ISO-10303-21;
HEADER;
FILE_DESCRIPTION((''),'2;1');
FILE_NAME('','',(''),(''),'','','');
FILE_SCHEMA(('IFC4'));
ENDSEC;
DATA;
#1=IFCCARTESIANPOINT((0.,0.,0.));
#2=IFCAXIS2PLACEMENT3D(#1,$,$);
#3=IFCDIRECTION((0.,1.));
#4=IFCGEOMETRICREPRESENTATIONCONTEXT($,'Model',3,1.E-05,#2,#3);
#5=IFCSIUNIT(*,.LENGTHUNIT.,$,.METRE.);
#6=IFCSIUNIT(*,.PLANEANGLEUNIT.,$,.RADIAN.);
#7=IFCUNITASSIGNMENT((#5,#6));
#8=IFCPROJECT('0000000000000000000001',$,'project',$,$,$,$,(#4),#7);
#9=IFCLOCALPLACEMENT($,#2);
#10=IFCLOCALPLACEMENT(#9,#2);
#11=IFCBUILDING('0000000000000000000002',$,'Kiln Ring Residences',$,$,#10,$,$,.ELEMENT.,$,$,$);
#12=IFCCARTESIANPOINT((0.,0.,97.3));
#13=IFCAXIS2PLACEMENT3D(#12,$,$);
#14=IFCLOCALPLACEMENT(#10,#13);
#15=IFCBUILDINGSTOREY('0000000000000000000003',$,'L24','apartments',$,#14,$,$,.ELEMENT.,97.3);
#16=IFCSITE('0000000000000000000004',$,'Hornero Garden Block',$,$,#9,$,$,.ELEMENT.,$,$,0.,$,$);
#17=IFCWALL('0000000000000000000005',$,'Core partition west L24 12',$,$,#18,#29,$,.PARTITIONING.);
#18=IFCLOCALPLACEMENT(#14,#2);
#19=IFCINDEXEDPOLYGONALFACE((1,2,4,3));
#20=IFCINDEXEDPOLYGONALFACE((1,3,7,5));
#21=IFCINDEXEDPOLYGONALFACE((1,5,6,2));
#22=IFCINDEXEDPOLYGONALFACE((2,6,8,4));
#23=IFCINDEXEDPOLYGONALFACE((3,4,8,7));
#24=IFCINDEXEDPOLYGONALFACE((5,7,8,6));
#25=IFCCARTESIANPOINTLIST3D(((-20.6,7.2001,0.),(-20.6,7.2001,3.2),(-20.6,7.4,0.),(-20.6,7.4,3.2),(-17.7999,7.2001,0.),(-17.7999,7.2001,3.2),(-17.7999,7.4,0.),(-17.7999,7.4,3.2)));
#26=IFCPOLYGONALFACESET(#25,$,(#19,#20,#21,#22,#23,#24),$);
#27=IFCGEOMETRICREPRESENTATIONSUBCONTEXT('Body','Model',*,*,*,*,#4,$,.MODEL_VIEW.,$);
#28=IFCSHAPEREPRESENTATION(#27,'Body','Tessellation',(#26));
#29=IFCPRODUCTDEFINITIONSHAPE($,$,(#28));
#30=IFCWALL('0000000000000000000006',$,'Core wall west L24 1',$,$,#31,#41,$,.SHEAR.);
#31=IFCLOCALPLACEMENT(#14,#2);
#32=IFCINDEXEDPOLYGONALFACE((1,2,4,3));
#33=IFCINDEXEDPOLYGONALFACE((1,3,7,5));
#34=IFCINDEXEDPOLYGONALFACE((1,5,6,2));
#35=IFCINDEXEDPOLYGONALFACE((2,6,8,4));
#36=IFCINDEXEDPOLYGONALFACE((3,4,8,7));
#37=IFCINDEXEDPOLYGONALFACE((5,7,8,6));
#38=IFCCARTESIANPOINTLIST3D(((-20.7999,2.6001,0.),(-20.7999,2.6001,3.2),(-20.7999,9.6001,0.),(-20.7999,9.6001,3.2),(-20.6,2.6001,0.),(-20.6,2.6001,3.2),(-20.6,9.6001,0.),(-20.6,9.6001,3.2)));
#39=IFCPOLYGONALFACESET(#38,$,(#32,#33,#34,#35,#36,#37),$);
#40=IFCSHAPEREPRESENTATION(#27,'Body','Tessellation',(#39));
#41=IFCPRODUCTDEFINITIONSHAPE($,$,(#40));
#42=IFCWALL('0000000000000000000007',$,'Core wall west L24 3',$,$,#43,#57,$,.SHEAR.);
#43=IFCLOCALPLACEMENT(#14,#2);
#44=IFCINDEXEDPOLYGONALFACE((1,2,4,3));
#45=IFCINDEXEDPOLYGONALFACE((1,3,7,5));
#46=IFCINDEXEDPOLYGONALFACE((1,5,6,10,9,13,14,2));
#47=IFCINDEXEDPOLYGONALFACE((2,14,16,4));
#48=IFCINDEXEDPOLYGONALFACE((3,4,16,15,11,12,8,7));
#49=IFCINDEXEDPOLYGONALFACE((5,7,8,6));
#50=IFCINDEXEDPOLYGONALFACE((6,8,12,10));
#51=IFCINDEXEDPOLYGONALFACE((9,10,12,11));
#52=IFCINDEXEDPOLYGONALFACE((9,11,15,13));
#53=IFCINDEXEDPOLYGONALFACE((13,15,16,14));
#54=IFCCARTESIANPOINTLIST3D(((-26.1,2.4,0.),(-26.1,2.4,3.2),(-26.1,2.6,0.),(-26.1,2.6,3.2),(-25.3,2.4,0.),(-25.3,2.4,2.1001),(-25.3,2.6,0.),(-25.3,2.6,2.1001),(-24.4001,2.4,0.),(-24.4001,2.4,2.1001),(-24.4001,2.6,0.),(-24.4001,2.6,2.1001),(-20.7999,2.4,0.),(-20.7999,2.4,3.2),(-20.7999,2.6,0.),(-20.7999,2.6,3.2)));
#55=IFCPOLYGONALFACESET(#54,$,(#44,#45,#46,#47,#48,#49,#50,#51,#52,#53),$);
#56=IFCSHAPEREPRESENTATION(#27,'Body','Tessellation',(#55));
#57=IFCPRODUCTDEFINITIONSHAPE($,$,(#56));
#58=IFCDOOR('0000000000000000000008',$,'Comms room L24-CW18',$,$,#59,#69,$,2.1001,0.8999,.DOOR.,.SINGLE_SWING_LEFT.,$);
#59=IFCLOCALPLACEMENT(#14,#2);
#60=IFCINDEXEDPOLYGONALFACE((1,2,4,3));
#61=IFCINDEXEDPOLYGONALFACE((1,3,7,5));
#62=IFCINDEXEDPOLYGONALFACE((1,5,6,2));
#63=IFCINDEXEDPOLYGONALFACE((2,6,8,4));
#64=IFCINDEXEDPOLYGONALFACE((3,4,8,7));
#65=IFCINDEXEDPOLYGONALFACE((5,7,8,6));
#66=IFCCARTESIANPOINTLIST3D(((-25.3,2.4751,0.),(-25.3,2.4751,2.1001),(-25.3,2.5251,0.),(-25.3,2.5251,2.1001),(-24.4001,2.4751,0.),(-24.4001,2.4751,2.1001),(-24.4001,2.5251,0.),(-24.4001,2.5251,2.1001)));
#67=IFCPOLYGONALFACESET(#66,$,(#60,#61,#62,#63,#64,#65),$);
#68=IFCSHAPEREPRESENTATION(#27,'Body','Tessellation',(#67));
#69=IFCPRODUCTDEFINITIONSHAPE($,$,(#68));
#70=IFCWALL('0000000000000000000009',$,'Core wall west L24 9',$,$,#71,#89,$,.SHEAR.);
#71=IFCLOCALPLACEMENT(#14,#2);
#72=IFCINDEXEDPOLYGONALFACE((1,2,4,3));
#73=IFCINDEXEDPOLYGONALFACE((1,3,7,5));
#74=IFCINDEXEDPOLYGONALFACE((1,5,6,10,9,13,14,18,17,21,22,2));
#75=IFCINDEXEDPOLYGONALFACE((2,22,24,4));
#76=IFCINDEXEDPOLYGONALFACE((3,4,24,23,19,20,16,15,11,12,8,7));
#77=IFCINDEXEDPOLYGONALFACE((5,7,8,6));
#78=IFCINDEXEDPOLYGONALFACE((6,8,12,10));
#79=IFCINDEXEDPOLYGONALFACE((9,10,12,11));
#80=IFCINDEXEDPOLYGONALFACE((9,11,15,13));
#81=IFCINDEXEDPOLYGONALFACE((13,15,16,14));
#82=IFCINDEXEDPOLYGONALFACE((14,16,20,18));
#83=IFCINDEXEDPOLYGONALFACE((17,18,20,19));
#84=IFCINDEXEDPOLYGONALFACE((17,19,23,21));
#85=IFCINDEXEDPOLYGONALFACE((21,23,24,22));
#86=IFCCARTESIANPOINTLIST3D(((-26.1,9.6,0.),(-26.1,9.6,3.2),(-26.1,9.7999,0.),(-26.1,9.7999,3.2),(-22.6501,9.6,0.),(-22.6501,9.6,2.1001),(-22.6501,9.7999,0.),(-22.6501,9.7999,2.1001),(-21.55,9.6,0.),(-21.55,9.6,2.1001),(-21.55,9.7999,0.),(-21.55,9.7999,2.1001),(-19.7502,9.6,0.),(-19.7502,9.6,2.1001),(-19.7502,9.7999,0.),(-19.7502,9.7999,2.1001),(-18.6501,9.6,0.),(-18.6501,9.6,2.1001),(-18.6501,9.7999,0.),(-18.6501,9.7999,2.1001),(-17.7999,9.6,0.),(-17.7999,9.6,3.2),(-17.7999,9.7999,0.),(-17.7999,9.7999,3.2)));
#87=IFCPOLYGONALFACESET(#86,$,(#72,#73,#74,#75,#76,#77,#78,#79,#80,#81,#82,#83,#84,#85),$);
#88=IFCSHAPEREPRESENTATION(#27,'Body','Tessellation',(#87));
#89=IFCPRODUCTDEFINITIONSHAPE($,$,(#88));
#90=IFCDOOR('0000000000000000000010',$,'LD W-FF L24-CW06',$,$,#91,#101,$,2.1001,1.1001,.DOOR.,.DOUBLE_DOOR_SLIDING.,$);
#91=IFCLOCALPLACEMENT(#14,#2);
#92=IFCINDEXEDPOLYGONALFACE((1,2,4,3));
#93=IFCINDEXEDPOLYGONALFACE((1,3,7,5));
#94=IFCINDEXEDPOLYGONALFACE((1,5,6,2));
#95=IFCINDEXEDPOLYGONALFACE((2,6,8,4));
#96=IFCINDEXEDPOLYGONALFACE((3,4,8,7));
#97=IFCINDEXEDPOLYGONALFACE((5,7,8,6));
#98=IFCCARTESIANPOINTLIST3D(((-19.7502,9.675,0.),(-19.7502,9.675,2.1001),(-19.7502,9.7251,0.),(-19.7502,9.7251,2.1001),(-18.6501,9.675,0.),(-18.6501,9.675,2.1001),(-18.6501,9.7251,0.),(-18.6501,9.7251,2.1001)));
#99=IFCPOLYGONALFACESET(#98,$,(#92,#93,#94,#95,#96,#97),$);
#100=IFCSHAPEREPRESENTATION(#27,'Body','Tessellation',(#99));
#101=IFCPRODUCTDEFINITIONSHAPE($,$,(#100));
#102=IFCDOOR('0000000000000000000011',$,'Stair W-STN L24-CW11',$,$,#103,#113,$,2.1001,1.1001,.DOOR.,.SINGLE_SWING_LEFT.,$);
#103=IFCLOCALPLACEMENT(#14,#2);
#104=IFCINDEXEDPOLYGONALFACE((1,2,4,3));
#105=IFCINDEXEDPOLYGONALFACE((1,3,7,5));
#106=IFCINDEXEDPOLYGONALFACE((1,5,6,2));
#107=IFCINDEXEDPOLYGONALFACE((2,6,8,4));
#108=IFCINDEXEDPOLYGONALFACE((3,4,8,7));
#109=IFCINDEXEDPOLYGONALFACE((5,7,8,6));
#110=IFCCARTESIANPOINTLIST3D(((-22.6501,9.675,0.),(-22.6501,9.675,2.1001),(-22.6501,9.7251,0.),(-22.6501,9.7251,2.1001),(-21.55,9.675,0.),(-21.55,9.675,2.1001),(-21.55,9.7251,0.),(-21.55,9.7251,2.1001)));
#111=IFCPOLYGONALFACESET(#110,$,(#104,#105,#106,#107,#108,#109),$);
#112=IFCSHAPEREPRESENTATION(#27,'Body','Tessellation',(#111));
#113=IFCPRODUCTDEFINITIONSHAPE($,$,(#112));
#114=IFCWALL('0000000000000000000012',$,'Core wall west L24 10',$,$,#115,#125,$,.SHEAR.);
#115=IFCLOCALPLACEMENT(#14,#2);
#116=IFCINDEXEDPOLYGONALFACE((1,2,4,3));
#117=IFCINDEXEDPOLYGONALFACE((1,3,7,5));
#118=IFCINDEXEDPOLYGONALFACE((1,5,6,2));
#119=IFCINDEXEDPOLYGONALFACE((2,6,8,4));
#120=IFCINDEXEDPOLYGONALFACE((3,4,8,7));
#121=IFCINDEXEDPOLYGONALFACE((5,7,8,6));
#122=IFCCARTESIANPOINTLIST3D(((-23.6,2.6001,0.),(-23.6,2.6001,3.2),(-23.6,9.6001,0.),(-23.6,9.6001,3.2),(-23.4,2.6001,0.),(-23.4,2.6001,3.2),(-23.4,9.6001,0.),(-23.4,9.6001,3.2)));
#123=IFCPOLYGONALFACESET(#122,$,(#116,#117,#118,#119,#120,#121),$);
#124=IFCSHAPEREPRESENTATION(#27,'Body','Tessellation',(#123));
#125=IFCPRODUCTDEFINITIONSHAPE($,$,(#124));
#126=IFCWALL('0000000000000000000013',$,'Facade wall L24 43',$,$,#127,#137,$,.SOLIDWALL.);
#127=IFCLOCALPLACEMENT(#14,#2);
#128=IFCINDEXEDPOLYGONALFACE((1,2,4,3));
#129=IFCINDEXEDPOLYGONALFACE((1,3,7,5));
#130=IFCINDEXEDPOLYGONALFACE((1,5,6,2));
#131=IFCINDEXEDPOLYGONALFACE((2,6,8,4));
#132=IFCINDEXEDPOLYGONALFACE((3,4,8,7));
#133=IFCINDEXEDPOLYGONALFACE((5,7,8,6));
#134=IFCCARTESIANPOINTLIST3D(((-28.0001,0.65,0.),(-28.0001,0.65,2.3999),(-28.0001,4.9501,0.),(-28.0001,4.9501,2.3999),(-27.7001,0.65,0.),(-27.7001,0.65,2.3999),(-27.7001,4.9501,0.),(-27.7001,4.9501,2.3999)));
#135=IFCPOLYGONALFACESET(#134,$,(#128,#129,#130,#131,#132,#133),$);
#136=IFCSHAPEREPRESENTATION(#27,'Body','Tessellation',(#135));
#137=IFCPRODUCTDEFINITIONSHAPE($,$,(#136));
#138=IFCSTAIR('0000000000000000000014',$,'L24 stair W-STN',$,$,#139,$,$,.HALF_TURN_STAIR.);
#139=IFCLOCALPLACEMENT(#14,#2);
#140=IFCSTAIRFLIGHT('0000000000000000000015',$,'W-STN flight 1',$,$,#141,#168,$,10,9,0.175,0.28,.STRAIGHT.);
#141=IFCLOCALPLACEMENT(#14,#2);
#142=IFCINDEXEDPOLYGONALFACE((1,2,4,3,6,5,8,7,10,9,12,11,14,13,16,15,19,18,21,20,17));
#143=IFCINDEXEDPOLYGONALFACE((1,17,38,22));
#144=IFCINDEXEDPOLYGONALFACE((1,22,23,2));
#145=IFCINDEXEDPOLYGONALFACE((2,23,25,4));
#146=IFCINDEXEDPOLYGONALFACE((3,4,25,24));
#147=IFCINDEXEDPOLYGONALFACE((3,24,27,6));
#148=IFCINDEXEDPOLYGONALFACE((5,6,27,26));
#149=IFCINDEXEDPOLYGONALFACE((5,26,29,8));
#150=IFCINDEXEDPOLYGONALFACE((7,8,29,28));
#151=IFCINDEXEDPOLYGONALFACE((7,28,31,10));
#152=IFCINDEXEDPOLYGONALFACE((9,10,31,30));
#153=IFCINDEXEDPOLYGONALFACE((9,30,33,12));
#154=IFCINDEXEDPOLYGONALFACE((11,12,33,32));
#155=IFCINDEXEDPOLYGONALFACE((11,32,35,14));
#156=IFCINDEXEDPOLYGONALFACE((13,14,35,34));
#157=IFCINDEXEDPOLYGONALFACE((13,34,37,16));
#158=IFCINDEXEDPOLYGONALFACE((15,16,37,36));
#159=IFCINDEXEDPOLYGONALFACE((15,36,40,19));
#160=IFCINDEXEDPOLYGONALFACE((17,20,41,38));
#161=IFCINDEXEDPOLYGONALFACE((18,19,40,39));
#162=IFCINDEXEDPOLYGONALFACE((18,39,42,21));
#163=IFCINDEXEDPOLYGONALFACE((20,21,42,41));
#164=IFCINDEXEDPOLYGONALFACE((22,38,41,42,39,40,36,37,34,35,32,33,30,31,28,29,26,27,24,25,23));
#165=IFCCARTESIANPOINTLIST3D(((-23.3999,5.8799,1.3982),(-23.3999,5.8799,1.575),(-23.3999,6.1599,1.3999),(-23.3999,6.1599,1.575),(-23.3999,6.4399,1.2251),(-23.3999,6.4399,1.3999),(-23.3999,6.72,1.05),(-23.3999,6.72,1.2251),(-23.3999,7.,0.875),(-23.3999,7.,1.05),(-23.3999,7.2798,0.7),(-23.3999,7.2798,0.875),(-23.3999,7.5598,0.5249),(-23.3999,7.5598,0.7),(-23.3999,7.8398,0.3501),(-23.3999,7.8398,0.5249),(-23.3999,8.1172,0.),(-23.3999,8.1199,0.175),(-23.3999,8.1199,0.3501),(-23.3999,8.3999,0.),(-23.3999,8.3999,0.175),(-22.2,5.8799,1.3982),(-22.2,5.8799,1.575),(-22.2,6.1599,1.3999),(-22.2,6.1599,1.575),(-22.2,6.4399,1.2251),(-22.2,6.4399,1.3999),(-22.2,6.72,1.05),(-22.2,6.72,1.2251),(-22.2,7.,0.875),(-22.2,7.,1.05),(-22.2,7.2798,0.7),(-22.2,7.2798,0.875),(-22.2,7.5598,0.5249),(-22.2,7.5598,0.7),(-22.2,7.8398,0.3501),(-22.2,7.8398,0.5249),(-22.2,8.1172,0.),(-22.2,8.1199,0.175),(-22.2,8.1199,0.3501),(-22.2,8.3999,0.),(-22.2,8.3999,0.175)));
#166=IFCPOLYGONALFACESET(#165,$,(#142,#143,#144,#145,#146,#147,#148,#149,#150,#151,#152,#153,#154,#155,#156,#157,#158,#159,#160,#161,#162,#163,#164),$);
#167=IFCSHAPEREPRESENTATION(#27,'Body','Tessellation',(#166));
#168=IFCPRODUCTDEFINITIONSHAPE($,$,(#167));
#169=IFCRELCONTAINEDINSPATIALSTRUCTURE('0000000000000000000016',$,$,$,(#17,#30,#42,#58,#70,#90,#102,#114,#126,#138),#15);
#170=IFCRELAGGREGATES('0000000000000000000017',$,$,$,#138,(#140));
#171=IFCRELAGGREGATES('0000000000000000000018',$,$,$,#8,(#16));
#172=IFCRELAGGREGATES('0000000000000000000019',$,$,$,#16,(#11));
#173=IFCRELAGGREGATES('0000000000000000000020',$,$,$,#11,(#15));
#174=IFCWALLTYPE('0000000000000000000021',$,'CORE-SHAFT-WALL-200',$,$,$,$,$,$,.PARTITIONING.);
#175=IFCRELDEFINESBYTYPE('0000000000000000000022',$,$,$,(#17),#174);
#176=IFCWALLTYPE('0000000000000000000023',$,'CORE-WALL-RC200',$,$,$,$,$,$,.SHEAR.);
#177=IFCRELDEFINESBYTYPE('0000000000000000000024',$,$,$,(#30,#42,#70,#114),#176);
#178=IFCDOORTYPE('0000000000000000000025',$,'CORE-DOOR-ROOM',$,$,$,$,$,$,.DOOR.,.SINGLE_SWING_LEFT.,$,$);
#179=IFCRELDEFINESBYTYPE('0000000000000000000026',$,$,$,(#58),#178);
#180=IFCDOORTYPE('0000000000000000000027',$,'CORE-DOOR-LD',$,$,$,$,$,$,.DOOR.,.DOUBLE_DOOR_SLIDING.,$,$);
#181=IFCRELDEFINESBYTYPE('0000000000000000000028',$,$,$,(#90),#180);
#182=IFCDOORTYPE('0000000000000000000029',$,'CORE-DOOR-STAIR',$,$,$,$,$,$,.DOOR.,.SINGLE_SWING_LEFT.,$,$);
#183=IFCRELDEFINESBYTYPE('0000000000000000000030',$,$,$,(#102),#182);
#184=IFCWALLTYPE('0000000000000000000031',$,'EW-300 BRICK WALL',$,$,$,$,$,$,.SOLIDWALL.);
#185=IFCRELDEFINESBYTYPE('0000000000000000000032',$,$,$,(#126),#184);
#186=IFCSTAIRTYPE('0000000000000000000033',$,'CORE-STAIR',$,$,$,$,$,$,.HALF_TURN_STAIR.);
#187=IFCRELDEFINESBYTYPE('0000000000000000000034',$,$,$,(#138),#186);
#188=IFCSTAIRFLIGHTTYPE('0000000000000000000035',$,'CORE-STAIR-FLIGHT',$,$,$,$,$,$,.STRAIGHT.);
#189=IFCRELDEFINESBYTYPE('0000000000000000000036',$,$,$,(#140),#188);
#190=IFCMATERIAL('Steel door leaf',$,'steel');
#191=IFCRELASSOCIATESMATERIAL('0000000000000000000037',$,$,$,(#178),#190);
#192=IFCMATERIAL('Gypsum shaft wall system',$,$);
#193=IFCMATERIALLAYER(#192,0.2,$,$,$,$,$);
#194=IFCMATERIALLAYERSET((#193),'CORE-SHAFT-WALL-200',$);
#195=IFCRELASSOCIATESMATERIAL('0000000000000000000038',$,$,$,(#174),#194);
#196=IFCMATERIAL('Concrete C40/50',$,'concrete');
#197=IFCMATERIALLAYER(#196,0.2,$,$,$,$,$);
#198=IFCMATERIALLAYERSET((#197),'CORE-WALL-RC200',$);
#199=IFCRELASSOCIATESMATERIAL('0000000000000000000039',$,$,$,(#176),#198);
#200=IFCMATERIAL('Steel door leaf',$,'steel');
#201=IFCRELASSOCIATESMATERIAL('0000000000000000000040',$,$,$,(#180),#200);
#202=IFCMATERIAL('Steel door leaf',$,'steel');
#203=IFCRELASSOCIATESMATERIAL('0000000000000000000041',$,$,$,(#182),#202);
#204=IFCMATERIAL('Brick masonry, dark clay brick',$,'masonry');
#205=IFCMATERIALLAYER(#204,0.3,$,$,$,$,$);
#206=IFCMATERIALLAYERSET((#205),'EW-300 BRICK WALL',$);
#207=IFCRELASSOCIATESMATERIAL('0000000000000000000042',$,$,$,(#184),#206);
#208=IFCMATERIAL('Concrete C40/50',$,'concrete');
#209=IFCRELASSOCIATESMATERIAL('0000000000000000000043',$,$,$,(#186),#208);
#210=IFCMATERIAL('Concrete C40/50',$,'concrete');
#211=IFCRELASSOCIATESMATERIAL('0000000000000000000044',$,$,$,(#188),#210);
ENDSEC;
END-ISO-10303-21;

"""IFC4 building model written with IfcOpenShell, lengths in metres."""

from ifc_helpers import new_model, si_unit, direction, frame, frame_2d, origin, place, context, subcontext, project, spatial, polyline, rectangle, outline, extrude, material, layer, layer_set, type_object, element, fill, aggregate, save


model = new_model("IFC4")

# Units and contexts
model_context = context("Model", 3, precision=1e-05, world=origin(), true_north=direction((0.0, 1.0)))
body_context = subcontext(model_context, "Body", "Model", "MODEL_VIEW")
ifc_project = project(units=[si_unit("LENGTHUNIT", "METRE"), si_unit("PLANEANGLEUNIT", "RADIAN")], contexts=[model_context])

# Site, building, storey
site_placement = place(None, origin())
site = spatial("IfcSite", under=ifc_project, at=site_placement, Name="Hornero Garden Block", CompositionType="ELEMENT", RefElevation=0.0)
building_placement = place(site_placement, origin())
building = spatial("IfcBuilding", under=site, at=building_placement, Name="Kiln Ring Residences", CompositionType="ELEMENT")
storey_placement = place(building_placement, frame((0.0, 0.0, 97.3)))
storey = spatial("IfcBuildingStorey", under=building, at=storey_placement, Name="L24", Description="apartments", CompositionType="ELEMENT", Elevation=97.3)

# Shared definitions
ifc_material_1 = material(Name="Steel door leaf", Category="steel")
door_type_1 = type_object("IfcDoorType", Name="CORE-DOOR-ROOM", OperationType="SINGLE_SWING_LEFT", PredefinedType="DOOR", material=ifc_material_1)

# Walls
ifc_material_2 = material(Name="Gypsum shaft wall system")
ifc_layer_1 = layer(ifc_material_2, 0.2)
ifc_layer_set_1 = layer_set([ifc_layer_1], Name="CORE-SHAFT-WALL-200")
wall_type_1 = type_object("IfcWallType", Name="CORE-SHAFT-WALL-200", PredefinedType="PARTITIONING", material=ifc_layer_set_1)
wall_1_placement = place(storey_placement, frame((-17.8, 7.3, 0.0), z_axis=(0.0, 0.0, 1.0), x_axis=(-1.0, 0.0, 0.0)))
element("IfcWall", 1, at=wall_1_placement, inside=storey, type_object=wall_type_1, Name="Core partition west L24 12", PredefinedType="PARTITIONING", context=body_context, shape_type="SweptSolid", body=[
    extrude(rectangle(XDim=2.8, YDim=0.2, at=frame_2d((1.3999, 0.0))), origin(), (0.0, 0.0, 1.0), 3.2),
])
ifc_material_3 = material(Name="Concrete C40/50", Category="concrete")
ifc_layer_2 = layer(ifc_material_3, 0.2)
ifc_layer_set_2 = layer_set([ifc_layer_2], Name="CORE-WALL-RC200")
wall_type_2 = type_object("IfcWallType", Name="CORE-WALL-RC200", PredefinedType="SHEAR", material=ifc_layer_set_2)
wall_2_placement = place(storey_placement, frame((-20.7, 2.6001, 0.0), z_axis=(0.0, 0.0, 1.0), x_axis=(0.0, 1.0, 0.0)))
element("IfcWall", 2, at=wall_2_placement, inside=storey, type_object=wall_type_2, Name="Core wall west L24 1", PredefinedType="SHEAR", context=body_context, shape_type="SweptSolid", body=[
    extrude(rectangle(XDim=7.0, YDim=0.2, at=frame_2d((3.5, 0.0))), origin(), (0.0, 0.0, 1.0), 3.2),
])

# Wall, opening, door
wall_3_placement = place(storey_placement, frame((-20.8, 2.5, 0.0), z_axis=(0.0, 0.0, 1.0), x_axis=(-1.0, 0.0, 0.0)))
wall_3 = element("IfcWall", 3, at=wall_3_placement, inside=storey, type_object=wall_type_2, Name="Core wall west L24 3", PredefinedType="SHEAR", context=body_context, shape_type="SweptSolid", body=[
    extrude(rectangle(XDim=5.3, YDim=0.2, at=frame_2d((2.6499, 0.0))), origin(), (0.0, 0.0, 1.0), 3.2),
])
opening_1_placement = place(wall_3_placement, frame((3.6001, 0.0, 0.0)))
opening_1 = element("IfcOpeningElement", 4, at=opening_1_placement, cuts=wall_3, PredefinedType="OPENING", context=body_context, shape_type="SweptSolid", body=[
    extrude(rectangle(XDim=0.8999, YDim=2.1001, at=frame_2d((0.45, 1.05))), frame((0.0, 0.1099, 0.0), z_axis=(0.0, -1.0, 0.0), x_axis=(1.0, 0.0, 0.0)), (0.0, 0.0, 1.0), 0.22),
])
door_1_placement = place(opening_1_placement, origin())
door_1 = element("IfcDoor", 5, at=door_1_placement, inside=storey, type_object=door_type_1, Name="Comms room L24-CW18", OperationType="SINGLE_SWING_LEFT", OverallHeight=2.1001, OverallWidth=0.8999, PredefinedType="DOOR", context=body_context, shape_type="SweptSolid", body=[
    extrude(rectangle(XDim=0.8999, YDim=2.1001, at=frame_2d((0.45, 1.05))), frame((0.0, 0.0249, 0.0), z_axis=(0.0, -1.0, 0.0), x_axis=(1.0, 0.0, 0.0)), (0.0, 0.0, 1.0), 0.05),
])
fill(opening_1, door_1)

# Wall, openings, doors
wall_4_placement = place(storey_placement, frame((-17.8, 9.7, 0.0), z_axis=(0.0, 0.0, 1.0), x_axis=(-1.0, 0.0, 0.0)))
wall_4 = element("IfcWall", 6, at=wall_4_placement, inside=storey, type_object=wall_type_2, Name="Core wall west L24 9", PredefinedType="SHEAR", context=body_context, shape_type="SweptSolid", body=[
    extrude(rectangle(XDim=8.3, YDim=0.2, at=frame_2d((4.1499, 0.0))), origin(), (0.0, 0.0, 1.0), 3.2),
])
opening_2_placement = place(wall_4_placement, frame((0.8501, 0.0, 0.0)))
opening_2 = element("IfcOpeningElement", 7, at=opening_2_placement, cuts=wall_4, PredefinedType="OPENING", context=body_context, shape_type="SweptSolid", body=[
    extrude(rectangle(XDim=1.1001, YDim=2.1001, at=frame_2d((0.55, 1.05))), frame((0.0, 0.1099, 0.0), z_axis=(0.0, -1.0, 0.0), x_axis=(1.0, 0.0, 0.0)), (0.0, 0.0, 1.0), 0.22),
])
opening_3_placement = place(wall_4_placement, frame((3.75, 0.0, 0.0)))
opening_3 = element("IfcOpeningElement", 8, at=opening_3_placement, cuts=wall_4, PredefinedType="OPENING", context=body_context, shape_type="SweptSolid", body=[
    extrude(rectangle(XDim=1.1001, YDim=2.1001, at=frame_2d((0.55, 1.05))), frame((0.0, 0.1099, 0.0), z_axis=(0.0, -1.0, 0.0), x_axis=(1.0, 0.0, 0.0)), (0.0, 0.0, 1.0), 0.22),
])
ifc_material_4 = material(Name="Steel door leaf", Category="steel")
door_type_2 = type_object("IfcDoorType", Name="CORE-DOOR-LD", OperationType="DOUBLE_DOOR_SLIDING", PredefinedType="DOOR", material=ifc_material_4)
door_2_placement = place(opening_2_placement, origin())
door_2 = element("IfcDoor", 9, at=door_2_placement, inside=storey, type_object=door_type_2, Name="LD W-FF L24-CW06", OperationType="DOUBLE_DOOR_SLIDING", OverallHeight=2.1001, OverallWidth=1.1001, PredefinedType="DOOR", context=body_context, shape_type="SweptSolid", body=[
    extrude(rectangle(XDim=1.1001, YDim=2.1001, at=frame_2d((0.55, 1.05))), frame((0.0, 0.0249, 0.0), z_axis=(0.0, -1.0, 0.0), x_axis=(1.0, 0.0, 0.0)), (0.0, 0.0, 1.0), 0.05),
])
fill(opening_2, door_2)
ifc_material_5 = material(Name="Steel door leaf", Category="steel")
door_type_3 = type_object("IfcDoorType", Name="CORE-DOOR-STAIR", OperationType="SINGLE_SWING_LEFT", PredefinedType="DOOR", material=ifc_material_5)
door_3_placement = place(opening_3_placement, origin())
door_3 = element("IfcDoor", 10, at=door_3_placement, inside=storey, type_object=door_type_3, Name="Stair W-STN L24-CW11", OperationType="SINGLE_SWING_LEFT", OverallHeight=2.1001, OverallWidth=1.1001, PredefinedType="DOOR", context=body_context, shape_type="SweptSolid", body=[
    extrude(rectangle(XDim=1.1001, YDim=2.1001, at=frame_2d((0.55, 1.05))), frame((0.0, 0.0249, 0.0), z_axis=(0.0, -1.0, 0.0), x_axis=(1.0, 0.0, 0.0)), (0.0, 0.0, 1.0), 0.05),
])
fill(opening_3, door_3)

# Walls
wall_5_placement = place(storey_placement, frame((-23.5, 2.6001, 0.0), z_axis=(0.0, 0.0, 1.0), x_axis=(0.0, 1.0, 0.0)))
element("IfcWall", 11, at=wall_5_placement, inside=storey, type_object=wall_type_2, Name="Core wall west L24 10", PredefinedType="SHEAR", context=body_context, shape_type="SweptSolid", body=[
    extrude(rectangle(XDim=7.0, YDim=0.2, at=frame_2d((3.5, 0.0))), origin(), (0.0, 0.0, 1.0), 3.2),
])
ifc_material_6 = material(Name="Brick masonry, dark clay brick", Category="masonry")
ifc_layer_3 = layer(ifc_material_6, 0.3)
ifc_layer_set_3 = layer_set([ifc_layer_3], Name="EW-300 BRICK WALL")
wall_type_3 = type_object("IfcWallType", Name="EW-300 BRICK WALL", PredefinedType="SOLIDWALL", material=ifc_layer_set_3)
wall_6_placement = place(storey_placement, frame((-27.8501, 4.95, 0.0), z_axis=(0.0, 0.0, 1.0), x_axis=(0.0, -1.0, 0.0)))
element("IfcWall", 12, at=wall_6_placement, inside=storey, type_object=wall_type_3, Name="Facade wall L24 43", PredefinedType="SOLIDWALL", context=body_context, shape_type="SweptSolid", body=[
    extrude(rectangle(XDim=4.3, YDim=0.3, at=frame_2d((2.1499, 0.0))), origin(), (0.0, 0.0, 1.0), 2.3999),
])

# Stair, stair flight
ifc_material_7 = material(Name="Concrete C40/50", Category="concrete")
stair_type = type_object("IfcStairType", Name="CORE-STAIR", PredefinedType="HALF_TURN_STAIR", material=ifc_material_7)
stair_placement = place(storey_placement, origin())
stair = element("IfcStair", 13, at=stair_placement, inside=storey, type_object=stair_type, Name="L24 stair W-STN", PredefinedType="HALF_TURN_STAIR")
ifc_material_8 = material(Name="Concrete C40/50", Category="concrete")
stair_flight_type = type_object("IfcStairFlightType", Name="CORE-STAIR-FLIGHT", PredefinedType="STRAIGHT", material=ifc_material_8)
stair_flight_1_placement = place(storey_placement, frame((-22.8, 8.3999, 0.0), z_axis=(0.0, 0.0, 1.0), x_axis=(0.0, -1.0, 0.0)))
stair_flight_1 = element("IfcStairFlight", 14, at=stair_flight_1_placement, type_object=stair_flight_type, Name="W-STN flight 1", NumberOfRisers=10, NumberOfTreads=9, PredefinedType="STRAIGHT", RiserHeight=0.175, TreadLength=0.28, context=body_context, shape_type="SweptSolid", body=[
    extrude(outline(polyline([(0.0, 0.0), (0.0, 0.175), (0.28, 0.175), (0.28, 0.3501), (0.5601, 0.3501), (0.5601, 0.5249), (0.8401, 0.5249), (0.8401, 0.7), (1.1201, 0.7), (1.1201, 0.875), (1.3999, 0.875), (1.3999, 1.05), (1.6799, 1.05), (1.6799, 1.2251), (1.96, 1.2251), (1.96, 1.3999), (2.24, 1.3999), (2.24, 1.575), (2.52, 1.575), (2.52, 1.75), (2.52, 1.3982), (0.2827, 0.0), (0.0, 0.0)])), frame((0.0, 0.6001, 0.0), z_axis=(0.0, -1.0, 0.0), x_axis=(1.0, 0.0, 0.0)), (0.0, 0.0, 1.0), 1.2),
])
aggregate(stair, [stair_flight_1])

save(model, "model.ifc")
